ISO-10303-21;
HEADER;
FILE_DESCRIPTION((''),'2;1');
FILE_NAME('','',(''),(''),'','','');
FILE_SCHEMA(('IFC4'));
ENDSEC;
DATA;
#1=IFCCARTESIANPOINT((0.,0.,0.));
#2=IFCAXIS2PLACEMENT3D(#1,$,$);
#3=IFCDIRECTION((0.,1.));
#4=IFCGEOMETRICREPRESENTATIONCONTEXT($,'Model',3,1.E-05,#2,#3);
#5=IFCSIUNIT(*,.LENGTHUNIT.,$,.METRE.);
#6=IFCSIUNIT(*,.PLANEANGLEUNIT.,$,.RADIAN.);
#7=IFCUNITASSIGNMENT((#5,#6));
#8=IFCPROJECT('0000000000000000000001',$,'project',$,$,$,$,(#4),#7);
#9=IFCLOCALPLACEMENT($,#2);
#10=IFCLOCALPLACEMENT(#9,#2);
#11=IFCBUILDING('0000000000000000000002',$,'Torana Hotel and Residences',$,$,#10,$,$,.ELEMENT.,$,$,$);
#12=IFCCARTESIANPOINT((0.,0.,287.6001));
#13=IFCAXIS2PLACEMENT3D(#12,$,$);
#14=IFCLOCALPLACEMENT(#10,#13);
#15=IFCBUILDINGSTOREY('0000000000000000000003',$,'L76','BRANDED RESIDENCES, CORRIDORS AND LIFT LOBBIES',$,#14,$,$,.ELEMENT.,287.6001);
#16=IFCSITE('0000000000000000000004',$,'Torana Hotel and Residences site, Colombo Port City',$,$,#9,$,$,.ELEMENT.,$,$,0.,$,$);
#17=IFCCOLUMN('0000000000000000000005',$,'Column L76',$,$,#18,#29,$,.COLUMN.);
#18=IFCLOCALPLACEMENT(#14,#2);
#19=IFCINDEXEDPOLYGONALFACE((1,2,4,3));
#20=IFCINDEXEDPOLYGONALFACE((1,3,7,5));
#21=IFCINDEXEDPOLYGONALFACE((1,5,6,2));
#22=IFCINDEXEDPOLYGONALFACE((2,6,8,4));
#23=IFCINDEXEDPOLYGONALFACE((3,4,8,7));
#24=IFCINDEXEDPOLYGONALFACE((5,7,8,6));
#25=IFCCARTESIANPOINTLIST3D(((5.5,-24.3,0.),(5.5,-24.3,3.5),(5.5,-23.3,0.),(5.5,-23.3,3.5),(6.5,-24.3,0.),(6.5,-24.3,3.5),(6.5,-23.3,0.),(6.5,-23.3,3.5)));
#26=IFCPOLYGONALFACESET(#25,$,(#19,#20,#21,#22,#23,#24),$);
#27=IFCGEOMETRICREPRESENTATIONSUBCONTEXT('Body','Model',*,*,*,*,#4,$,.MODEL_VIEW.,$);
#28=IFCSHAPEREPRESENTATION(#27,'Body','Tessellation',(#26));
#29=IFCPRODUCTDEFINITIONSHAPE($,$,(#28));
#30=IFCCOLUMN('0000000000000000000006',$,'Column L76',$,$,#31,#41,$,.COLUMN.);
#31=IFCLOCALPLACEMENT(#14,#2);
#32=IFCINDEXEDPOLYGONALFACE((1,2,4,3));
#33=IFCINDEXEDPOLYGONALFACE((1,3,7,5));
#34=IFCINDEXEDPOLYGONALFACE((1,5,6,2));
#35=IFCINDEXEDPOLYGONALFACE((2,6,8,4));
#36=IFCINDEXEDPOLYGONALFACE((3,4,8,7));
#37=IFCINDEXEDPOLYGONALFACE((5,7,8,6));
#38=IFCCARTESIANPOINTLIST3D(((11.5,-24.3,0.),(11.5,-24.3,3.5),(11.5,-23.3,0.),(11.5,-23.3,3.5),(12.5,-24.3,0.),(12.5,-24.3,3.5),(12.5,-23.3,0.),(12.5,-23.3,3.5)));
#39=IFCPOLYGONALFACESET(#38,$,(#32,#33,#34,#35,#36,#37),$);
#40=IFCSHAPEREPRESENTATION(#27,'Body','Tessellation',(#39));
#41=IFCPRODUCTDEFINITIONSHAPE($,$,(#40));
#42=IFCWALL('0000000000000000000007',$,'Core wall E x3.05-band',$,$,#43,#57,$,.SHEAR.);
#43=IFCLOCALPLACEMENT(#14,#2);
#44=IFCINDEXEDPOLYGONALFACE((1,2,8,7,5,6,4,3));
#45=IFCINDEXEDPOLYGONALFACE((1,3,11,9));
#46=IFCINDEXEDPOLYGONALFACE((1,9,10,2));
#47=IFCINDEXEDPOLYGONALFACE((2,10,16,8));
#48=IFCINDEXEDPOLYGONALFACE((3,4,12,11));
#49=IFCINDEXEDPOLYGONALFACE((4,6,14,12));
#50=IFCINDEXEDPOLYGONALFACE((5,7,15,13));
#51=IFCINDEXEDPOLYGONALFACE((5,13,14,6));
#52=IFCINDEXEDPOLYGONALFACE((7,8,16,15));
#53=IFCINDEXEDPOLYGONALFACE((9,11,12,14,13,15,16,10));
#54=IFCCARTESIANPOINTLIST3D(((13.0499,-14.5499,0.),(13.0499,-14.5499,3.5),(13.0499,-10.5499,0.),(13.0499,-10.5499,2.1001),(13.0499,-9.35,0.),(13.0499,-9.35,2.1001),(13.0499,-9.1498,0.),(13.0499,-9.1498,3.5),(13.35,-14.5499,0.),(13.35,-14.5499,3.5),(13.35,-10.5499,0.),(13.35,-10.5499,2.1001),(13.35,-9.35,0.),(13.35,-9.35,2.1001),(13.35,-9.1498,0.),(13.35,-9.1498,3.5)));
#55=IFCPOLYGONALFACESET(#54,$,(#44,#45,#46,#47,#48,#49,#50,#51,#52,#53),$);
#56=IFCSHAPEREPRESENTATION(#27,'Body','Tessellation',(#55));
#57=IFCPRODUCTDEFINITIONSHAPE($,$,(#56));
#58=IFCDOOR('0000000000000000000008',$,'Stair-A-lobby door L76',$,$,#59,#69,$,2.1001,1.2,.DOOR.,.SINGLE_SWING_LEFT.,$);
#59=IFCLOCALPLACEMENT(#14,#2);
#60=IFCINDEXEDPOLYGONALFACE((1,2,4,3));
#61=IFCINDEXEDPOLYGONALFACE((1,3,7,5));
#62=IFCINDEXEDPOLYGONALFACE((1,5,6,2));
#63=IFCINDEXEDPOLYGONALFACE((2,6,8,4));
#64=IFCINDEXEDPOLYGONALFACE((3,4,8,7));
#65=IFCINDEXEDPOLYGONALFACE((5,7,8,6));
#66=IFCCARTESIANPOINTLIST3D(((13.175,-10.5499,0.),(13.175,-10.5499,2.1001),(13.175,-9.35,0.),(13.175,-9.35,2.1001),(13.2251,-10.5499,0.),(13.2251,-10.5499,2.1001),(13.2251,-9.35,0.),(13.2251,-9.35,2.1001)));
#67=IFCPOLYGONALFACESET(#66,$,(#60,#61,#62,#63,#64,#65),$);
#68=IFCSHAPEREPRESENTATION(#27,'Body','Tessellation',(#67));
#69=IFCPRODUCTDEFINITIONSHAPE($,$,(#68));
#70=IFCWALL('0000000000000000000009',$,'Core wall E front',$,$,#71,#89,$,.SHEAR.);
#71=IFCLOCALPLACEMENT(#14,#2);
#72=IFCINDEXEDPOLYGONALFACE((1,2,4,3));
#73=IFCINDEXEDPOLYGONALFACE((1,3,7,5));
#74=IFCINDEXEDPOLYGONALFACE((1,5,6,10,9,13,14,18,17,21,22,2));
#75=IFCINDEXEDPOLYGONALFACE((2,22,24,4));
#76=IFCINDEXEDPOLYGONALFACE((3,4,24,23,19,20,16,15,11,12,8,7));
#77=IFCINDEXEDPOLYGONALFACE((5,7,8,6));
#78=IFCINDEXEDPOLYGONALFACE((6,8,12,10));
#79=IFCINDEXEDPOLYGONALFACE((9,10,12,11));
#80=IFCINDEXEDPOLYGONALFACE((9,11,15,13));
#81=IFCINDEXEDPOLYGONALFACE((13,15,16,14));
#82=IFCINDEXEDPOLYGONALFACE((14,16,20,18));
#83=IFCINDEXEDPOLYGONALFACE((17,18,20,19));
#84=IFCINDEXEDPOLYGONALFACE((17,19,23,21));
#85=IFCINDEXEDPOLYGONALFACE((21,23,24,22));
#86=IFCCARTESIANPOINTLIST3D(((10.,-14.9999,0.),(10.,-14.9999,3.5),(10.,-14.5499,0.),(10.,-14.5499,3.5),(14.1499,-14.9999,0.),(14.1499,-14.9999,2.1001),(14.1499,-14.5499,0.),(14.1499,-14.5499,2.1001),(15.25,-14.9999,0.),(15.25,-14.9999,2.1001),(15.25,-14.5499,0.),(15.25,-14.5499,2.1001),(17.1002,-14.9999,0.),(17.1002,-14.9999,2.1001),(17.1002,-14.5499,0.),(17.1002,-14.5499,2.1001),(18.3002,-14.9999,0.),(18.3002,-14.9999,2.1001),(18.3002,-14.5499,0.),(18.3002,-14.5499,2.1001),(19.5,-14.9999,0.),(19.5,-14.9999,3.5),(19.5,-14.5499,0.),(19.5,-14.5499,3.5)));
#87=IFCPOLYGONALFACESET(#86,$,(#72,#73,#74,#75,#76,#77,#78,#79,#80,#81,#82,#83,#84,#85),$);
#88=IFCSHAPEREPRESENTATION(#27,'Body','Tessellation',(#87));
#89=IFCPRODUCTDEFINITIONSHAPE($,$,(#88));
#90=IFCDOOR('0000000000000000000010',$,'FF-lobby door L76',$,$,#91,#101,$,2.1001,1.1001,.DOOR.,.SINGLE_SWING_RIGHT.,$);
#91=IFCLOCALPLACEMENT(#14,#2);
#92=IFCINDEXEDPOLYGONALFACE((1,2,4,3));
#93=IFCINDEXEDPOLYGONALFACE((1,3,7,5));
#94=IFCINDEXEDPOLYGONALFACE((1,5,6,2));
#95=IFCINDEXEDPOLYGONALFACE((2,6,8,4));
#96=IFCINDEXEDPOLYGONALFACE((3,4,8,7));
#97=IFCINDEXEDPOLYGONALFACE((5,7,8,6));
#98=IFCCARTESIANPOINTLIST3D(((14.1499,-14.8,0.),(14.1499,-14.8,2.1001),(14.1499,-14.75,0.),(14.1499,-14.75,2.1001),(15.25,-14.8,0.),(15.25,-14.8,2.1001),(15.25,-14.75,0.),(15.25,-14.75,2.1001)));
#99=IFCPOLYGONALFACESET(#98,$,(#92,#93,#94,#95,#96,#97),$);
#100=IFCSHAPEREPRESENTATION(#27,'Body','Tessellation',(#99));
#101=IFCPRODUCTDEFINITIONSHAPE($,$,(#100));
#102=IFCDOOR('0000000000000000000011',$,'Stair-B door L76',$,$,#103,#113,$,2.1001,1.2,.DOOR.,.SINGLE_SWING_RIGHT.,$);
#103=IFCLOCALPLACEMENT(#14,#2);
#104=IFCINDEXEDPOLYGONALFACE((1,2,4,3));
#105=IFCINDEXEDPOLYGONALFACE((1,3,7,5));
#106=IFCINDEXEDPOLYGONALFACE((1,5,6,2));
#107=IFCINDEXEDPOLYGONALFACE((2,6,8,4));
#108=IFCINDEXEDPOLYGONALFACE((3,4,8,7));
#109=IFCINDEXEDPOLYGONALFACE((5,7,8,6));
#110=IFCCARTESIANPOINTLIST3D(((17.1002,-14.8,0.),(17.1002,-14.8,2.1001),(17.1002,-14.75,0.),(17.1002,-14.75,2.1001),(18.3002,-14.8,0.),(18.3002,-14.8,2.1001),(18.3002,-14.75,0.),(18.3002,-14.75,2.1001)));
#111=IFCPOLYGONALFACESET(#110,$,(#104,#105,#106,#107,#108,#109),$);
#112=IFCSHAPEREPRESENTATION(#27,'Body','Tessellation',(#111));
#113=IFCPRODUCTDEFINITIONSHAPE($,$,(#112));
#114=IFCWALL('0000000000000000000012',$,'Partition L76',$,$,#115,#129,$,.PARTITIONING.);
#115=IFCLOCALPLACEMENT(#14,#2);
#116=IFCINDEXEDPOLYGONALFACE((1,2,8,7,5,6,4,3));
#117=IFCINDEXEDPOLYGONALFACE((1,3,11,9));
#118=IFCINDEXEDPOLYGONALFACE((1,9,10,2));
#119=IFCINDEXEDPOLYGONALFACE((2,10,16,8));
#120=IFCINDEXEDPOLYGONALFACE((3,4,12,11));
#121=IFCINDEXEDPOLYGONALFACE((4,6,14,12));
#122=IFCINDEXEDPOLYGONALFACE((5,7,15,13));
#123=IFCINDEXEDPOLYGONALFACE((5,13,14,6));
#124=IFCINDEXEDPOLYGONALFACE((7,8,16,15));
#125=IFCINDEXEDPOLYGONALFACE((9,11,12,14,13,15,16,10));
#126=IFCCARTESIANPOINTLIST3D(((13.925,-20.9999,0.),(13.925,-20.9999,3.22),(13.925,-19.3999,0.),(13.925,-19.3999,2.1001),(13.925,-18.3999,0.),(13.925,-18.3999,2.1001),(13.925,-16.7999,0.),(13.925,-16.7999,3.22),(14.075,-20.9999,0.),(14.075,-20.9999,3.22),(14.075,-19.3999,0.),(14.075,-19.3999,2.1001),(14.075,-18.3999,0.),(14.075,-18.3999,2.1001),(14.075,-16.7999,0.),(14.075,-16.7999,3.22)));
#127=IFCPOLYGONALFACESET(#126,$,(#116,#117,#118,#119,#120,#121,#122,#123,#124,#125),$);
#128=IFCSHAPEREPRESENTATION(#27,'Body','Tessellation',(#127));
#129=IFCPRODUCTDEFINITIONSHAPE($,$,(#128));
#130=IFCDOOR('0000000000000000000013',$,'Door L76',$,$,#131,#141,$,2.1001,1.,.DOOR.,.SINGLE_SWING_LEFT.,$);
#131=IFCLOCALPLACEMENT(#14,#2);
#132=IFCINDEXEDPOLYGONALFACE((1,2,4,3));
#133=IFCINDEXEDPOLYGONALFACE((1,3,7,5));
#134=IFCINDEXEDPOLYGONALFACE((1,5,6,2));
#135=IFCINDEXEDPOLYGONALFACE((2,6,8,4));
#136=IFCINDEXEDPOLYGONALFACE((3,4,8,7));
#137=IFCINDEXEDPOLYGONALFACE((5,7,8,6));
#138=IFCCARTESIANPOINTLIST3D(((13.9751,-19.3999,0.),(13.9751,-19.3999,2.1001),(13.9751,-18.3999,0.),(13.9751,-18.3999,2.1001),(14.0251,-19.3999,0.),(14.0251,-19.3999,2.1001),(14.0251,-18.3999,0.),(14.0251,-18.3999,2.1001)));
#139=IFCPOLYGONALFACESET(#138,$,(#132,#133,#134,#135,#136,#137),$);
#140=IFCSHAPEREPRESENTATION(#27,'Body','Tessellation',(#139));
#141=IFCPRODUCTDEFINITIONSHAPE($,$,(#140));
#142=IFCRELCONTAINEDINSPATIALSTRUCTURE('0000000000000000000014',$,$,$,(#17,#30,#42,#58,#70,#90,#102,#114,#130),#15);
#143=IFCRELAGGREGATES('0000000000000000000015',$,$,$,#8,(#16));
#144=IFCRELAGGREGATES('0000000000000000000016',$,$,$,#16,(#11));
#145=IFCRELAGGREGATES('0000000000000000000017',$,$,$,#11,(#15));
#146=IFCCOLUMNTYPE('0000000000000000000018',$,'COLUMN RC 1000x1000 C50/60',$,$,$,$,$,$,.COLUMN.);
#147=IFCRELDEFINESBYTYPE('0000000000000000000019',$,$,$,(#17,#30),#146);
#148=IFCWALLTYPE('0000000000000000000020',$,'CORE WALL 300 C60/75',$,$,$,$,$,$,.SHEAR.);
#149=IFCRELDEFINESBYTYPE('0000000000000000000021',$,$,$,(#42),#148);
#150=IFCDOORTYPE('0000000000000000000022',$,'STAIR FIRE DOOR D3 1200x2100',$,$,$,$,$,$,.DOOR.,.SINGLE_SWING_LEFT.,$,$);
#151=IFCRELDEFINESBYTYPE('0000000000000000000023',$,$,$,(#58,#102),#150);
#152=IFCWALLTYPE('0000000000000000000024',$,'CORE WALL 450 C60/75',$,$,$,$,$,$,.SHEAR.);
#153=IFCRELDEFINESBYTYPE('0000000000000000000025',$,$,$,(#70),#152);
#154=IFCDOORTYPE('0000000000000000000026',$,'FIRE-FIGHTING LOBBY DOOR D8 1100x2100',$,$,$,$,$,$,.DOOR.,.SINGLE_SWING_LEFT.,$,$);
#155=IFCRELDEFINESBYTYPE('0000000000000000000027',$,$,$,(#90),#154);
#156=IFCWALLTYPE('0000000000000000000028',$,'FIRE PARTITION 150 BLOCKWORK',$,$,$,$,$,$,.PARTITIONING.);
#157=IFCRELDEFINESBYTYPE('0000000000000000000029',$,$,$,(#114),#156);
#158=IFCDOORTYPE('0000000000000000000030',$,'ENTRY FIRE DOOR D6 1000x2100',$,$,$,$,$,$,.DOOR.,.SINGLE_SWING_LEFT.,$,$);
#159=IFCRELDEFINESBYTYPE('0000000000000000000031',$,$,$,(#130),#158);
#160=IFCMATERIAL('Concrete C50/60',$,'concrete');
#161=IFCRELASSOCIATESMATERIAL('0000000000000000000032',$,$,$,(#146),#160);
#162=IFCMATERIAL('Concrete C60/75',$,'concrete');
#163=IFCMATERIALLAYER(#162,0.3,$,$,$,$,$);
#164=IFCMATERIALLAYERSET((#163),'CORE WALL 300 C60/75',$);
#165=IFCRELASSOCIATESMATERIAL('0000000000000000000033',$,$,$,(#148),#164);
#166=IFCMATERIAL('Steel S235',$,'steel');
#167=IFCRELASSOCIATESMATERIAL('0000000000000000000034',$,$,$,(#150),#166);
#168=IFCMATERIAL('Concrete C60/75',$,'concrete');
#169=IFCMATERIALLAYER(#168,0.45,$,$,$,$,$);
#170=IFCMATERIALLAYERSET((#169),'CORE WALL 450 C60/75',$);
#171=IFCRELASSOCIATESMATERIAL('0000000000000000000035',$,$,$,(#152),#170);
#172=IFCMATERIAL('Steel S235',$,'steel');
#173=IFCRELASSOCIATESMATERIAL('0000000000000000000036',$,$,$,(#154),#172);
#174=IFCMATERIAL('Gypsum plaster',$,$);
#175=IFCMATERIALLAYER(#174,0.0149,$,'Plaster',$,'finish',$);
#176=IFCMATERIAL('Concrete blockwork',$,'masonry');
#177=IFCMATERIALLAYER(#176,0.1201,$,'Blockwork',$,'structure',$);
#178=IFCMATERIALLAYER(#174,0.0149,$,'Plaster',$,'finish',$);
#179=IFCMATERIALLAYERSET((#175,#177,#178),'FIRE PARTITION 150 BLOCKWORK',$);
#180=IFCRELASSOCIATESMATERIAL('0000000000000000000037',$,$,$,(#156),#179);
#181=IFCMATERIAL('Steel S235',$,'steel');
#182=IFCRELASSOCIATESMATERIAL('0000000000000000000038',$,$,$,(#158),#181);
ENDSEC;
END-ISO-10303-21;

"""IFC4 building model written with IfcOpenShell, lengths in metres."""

from ifc_helpers import new_model, si_unit, direction, frame, frame_2d, origin, origin_2d, place, context, subcontext, project, spatial, rectangle, extrude, material, layer, layer_set, material_profile, profile_set, type_object, element, fill, save


model = new_model("IFC4")

# Units and contexts
model_context = context("Model", 3, precision=1e-05, world=origin(), true_north=direction((0.0, 1.0)))
body_context = subcontext(model_context, "Body", "Model", "MODEL_VIEW")
ifc_project = project(units=[si_unit("LENGTHUNIT", "METRE"), si_unit("PLANEANGLEUNIT", "RADIAN")], contexts=[model_context])

# Site, building, storey
site_placement = place(None, origin())
site = spatial("IfcSite", under=ifc_project, at=site_placement, Name="Torana Hotel and Residences site, Colombo Port City", CompositionType="ELEMENT", RefElevation=0.0)
building_placement = place(site_placement, origin())
building = spatial("IfcBuilding", under=site, at=building_placement, Name="Torana Hotel and Residences", CompositionType="ELEMENT")
storey_placement = place(building_placement, frame((0.0, 0.0, 287.6001)))
storey = spatial("IfcBuildingStorey", under=building, at=storey_placement, Name="L76", Description="BRANDED RESIDENCES, CORRIDORS AND LIFT LOBBIES", CompositionType="ELEMENT", Elevation=287.6001)

# Columns
ifc_material_1 = material(Name="Concrete C50/60", Category="concrete")
ifc_material_profile = material_profile(ifc_material_1, rectangle(XDim=1.0, YDim=1.0, at=origin_2d()), Name="RC 1000x1000")
ifc_profile_set = profile_set([ifc_material_profile], Name="Concrete C50/60")
column_type = type_object("IfcColumnType", Name="COLUMN RC 1000x1000 C50/60", PredefinedType="COLUMN", material=ifc_profile_set)
for number, where, z_axis, x_axis, name in (
    (1, (6.0, -23.8, 0.0), (0.0, 0.0, 1.0), (1.0, 0.0, 0.0), "Column L76"),
    (2, (12.0, -23.8, 0.0), (0.0, 0.0, 1.0), (1.0, 0.0, 0.0), "Column L76"),
):
    element("IfcColumn", number, at=place(storey_placement, frame(where, z_axis=z_axis, x_axis=x_axis)), inside=storey, type_object=column_type, Name=name, PredefinedType="COLUMN", context=body_context, shape_type="SweptSolid", body=[
        extrude(rectangle(XDim=1.0, YDim=1.0, at=origin_2d()), origin(), (0.0, 0.0, 1.0), 3.5),
    ])

# Wall, opening, door
ifc_material_2 = material(Name="Concrete C60/75", Category="concrete")
ifc_layer_1 = layer(ifc_material_2, 0.3)
ifc_layer_set_1 = layer_set([ifc_layer_1], Name="CORE WALL 300 C60/75")
wall_type_1 = type_object("IfcWallType", Name="CORE WALL 300 C60/75", PredefinedType="SHEAR", material=ifc_layer_set_1)
wall_1_placement = place(storey_placement, frame((13.2, -14.55, 0.0), z_axis=(0.0, 0.0, 1.0), x_axis=(0.0, 1.0, 0.0)))
wall_1 = element("IfcWall", 3, at=wall_1_placement, inside=storey, type_object=wall_type_1, Name="Core wall E x3.05-band", PredefinedType="SHEAR", context=body_context, shape_type="SweptSolid", body=[
    extrude(rectangle(XDim=5.4001, YDim=0.3, at=frame_2d((2.7002, 0.0))), origin(), (0.0, 0.0, 1.0), 3.5),
])
opening_1_placement = place(wall_1_placement, frame((4.0, 0.0, 0.0)))
opening_1 = element("IfcOpeningElement", 4, at=opening_1_placement, cuts=wall_1, PredefinedType="OPENING", context=body_context, shape_type="SweptSolid", body=[
    extrude(rectangle(XDim=1.2, YDim=2.1001, at=frame_2d((0.6001, 1.05))), frame((0.0, 0.1599, 0.0), z_axis=(0.0, -1.0, 0.0), x_axis=(1.0, 0.0, 0.0)), (0.0, 0.0, 1.0), 0.3201),
])
ifc_material_3 = material(Name="Steel S235", Category="steel")
door_type_1 = type_object("IfcDoorType", Name="STAIR FIRE DOOR D3 1200x2100", OperationType="SINGLE_SWING_LEFT", PredefinedType="DOOR", material=ifc_material_3)
door_1_placement = place(opening_1_placement, origin())
door_1 = element("IfcDoor", 5, at=door_1_placement, inside=storey, type_object=door_type_1, Name="Stair-A-lobby door L76", OperationType="SINGLE_SWING_LEFT", OverallHeight=2.1001, OverallWidth=1.2, PredefinedType="DOOR", context=body_context, shape_type="SweptSolid", body=[
    extrude(rectangle(XDim=1.2, YDim=2.1001, at=frame_2d((0.6001, 1.05))), frame((0.0, 0.0249, 0.0), z_axis=(0.0, -1.0, 0.0), x_axis=(1.0, 0.0, 0.0)), (0.0, 0.0, 1.0), 0.05),
])
fill(opening_1, door_1)

# Wall, openings, doors
ifc_material_4 = material(Name="Concrete C60/75", Category="concrete")
ifc_layer_2 = layer(ifc_material_4, 0.45)
ifc_layer_set_2 = layer_set([ifc_layer_2], Name="CORE WALL 450 C60/75")
wall_type_2 = type_object("IfcWallType", Name="CORE WALL 450 C60/75", PredefinedType="SHEAR", material=ifc_layer_set_2)
wall_2_placement = place(storey_placement, frame((10.0, -14.7749, 0.0), z_axis=(0.0, 0.0, 1.0), x_axis=(1.0, 0.0, 0.0)))
wall_2 = element("IfcWall", 6, at=wall_2_placement, inside=storey, type_object=wall_type_2, Name="Core wall E front", PredefinedType="SHEAR", context=body_context, shape_type="SweptSolid", body=[
    extrude(rectangle(XDim=9.5, YDim=0.45, at=frame_2d((4.75, 0.0))), origin(), (0.0, 0.0, 1.0), 3.5),
])
opening_2_placement = place(wall_2_placement, frame((7.1001, 0.0, 0.0)))
opening_2 = element("IfcOpeningElement", 7, at=opening_2_placement, cuts=wall_2, PredefinedType="OPENING", context=body_context, shape_type="SweptSolid", body=[
    extrude(rectangle(XDim=1.2, YDim=2.1001, at=frame_2d((0.6001, 1.05))), frame((0.0, 0.2349, 0.0), z_axis=(0.0, -1.0, 0.0), x_axis=(1.0, 0.0, 0.0)), (0.0, 0.0, 1.0), 0.47),
])
opening_3_placement = place(wall_2_placement, frame((4.1499, 0.0, 0.0)))
opening_3 = element("IfcOpeningElement", 8, at=opening_3_placement, cuts=wall_2, PredefinedType="OPENING", context=body_context, shape_type="SweptSolid", body=[
    extrude(rectangle(XDim=1.1001, YDim=2.1001, at=frame_2d((0.55, 1.05))), frame((0.0, 0.2349, 0.0), z_axis=(0.0, -1.0, 0.0), x_axis=(1.0, 0.0, 0.0)), (0.0, 0.0, 1.0), 0.47),
])
ifc_material_5 = material(Name="Steel S235", Category="steel")
door_type_2 = type_object("IfcDoorType", Name="FIRE-FIGHTING LOBBY DOOR D8 1100x2100", OperationType="SINGLE_SWING_LEFT", PredefinedType="DOOR", material=ifc_material_5)
door_2_placement = place(opening_3_placement, origin())
door_2 = element("IfcDoor", 9, at=door_2_placement, inside=storey, type_object=door_type_2, Name="FF-lobby door L76", OperationType="SINGLE_SWING_RIGHT", OverallHeight=2.1001, OverallWidth=1.1001, PredefinedType="DOOR", context=body_context, shape_type="SweptSolid", body=[
    extrude(rectangle(XDim=1.1001, YDim=2.1001, at=frame_2d((0.55, 1.05))), frame((0.0, 0.0249, 0.0), z_axis=(0.0, -1.0, 0.0), x_axis=(1.0, 0.0, 0.0)), (0.0, 0.0, 1.0), 0.05),
])
fill(opening_3, door_2)
door_3_placement = place(opening_2_placement, origin())
door_3 = element("IfcDoor", 10, at=door_3_placement, inside=storey, type_object=door_type_1, Name="Stair-B door L76", OperationType="SINGLE_SWING_RIGHT", OverallHeight=2.1001, OverallWidth=1.2, PredefinedType="DOOR", context=body_context, shape_type="SweptSolid", body=[
    extrude(rectangle(XDim=1.2, YDim=2.1001, at=frame_2d((0.6001, 1.05))), frame((0.0, 0.0249, 0.0), z_axis=(0.0, -1.0, 0.0), x_axis=(1.0, 0.0, 0.0)), (0.0, 0.0, 1.0), 0.05),
])
fill(opening_2, door_3)

# Wall, opening, door
ifc_material_6 = material(Name="Gypsum plaster")
ifc_layer_3 = layer(ifc_material_6, 0.0149, Name="Plaster", Category="finish")
ifc_material_7 = material(Name="Concrete blockwork", Category="masonry")
ifc_layer_4 = layer(ifc_material_7, 0.1201, Name="Blockwork", Category="structure")
ifc_layer_5 = layer(ifc_material_6, 0.0149, Name="Plaster", Category="finish")
ifc_layer_set_3 = layer_set([ifc_layer_3, ifc_layer_4, ifc_layer_5], Name="FIRE PARTITION 150 BLOCKWORK")
wall_type_3 = type_object("IfcWallType", Name="FIRE PARTITION 150 BLOCKWORK", PredefinedType="PARTITIONING", material=ifc_layer_set_3)
wall_3_placement = place(storey_placement, frame((14.0, -21.0, 0.0), z_axis=(0.0, 0.0, 1.0), x_axis=(0.0, 1.0, 0.0)))
wall_3 = element("IfcWall", 11, at=wall_3_placement, inside=storey, type_object=wall_type_3, Name="Partition L76", PredefinedType="PARTITIONING", context=body_context, shape_type="SweptSolid", body=[
    extrude(rectangle(XDim=4.2, YDim=0.1499, at=frame_2d((2.1001, 0.0))), origin(), (0.0, 0.0, 1.0), 3.22),
])
opening_4_placement = place(wall_3_placement, frame((1.6001, 0.0, 0.0)))
opening_4 = element("IfcOpeningElement", 12, at=opening_4_placement, cuts=wall_3, PredefinedType="OPENING", context=body_context, shape_type="SweptSolid", body=[
    extrude(rectangle(XDim=1.0, YDim=2.1001, at=frame_2d((0.5, 1.05))), frame((0.0, 0.085, 0.0), z_axis=(0.0, -1.0, 0.0), x_axis=(1.0, 0.0, 0.0)), (0.0, 0.0, 1.0), 0.1699),
])
ifc_material_8 = material(Name="Steel S235", Category="steel")
door_type_3 = type_object("IfcDoorType", Name="ENTRY FIRE DOOR D6 1000x2100", OperationType="SINGLE_SWING_LEFT", PredefinedType="DOOR", material=ifc_material_8)
door_4_placement = place(opening_4_placement, frame((0.5, 0.0, 0.0), z_axis=(0.0, 0.0, 1.0), x_axis=(-1.0, 0.0, 0.0)))
door_4 = element("IfcDoor", 13, at=door_4_placement, inside=storey, type_object=door_type_3, Name="Door L76", OperationType="SINGLE_SWING_LEFT", OverallHeight=2.1001, OverallWidth=1.0, PredefinedType="DOOR", context=body_context, shape_type="SweptSolid", body=[
    extrude(rectangle(XDim=1.0, YDim=2.1001, at=frame_2d((0.0, 1.05))), frame((0.0, -0.0249, 0.0), z_axis=(0.0, 1.0, 0.0), x_axis=(-1.0, 0.0, 0.0)), (0.0, 0.0, 1.0), 0.05),
])
fill(opening_4, door_4)

save(model, "model.ifc")
